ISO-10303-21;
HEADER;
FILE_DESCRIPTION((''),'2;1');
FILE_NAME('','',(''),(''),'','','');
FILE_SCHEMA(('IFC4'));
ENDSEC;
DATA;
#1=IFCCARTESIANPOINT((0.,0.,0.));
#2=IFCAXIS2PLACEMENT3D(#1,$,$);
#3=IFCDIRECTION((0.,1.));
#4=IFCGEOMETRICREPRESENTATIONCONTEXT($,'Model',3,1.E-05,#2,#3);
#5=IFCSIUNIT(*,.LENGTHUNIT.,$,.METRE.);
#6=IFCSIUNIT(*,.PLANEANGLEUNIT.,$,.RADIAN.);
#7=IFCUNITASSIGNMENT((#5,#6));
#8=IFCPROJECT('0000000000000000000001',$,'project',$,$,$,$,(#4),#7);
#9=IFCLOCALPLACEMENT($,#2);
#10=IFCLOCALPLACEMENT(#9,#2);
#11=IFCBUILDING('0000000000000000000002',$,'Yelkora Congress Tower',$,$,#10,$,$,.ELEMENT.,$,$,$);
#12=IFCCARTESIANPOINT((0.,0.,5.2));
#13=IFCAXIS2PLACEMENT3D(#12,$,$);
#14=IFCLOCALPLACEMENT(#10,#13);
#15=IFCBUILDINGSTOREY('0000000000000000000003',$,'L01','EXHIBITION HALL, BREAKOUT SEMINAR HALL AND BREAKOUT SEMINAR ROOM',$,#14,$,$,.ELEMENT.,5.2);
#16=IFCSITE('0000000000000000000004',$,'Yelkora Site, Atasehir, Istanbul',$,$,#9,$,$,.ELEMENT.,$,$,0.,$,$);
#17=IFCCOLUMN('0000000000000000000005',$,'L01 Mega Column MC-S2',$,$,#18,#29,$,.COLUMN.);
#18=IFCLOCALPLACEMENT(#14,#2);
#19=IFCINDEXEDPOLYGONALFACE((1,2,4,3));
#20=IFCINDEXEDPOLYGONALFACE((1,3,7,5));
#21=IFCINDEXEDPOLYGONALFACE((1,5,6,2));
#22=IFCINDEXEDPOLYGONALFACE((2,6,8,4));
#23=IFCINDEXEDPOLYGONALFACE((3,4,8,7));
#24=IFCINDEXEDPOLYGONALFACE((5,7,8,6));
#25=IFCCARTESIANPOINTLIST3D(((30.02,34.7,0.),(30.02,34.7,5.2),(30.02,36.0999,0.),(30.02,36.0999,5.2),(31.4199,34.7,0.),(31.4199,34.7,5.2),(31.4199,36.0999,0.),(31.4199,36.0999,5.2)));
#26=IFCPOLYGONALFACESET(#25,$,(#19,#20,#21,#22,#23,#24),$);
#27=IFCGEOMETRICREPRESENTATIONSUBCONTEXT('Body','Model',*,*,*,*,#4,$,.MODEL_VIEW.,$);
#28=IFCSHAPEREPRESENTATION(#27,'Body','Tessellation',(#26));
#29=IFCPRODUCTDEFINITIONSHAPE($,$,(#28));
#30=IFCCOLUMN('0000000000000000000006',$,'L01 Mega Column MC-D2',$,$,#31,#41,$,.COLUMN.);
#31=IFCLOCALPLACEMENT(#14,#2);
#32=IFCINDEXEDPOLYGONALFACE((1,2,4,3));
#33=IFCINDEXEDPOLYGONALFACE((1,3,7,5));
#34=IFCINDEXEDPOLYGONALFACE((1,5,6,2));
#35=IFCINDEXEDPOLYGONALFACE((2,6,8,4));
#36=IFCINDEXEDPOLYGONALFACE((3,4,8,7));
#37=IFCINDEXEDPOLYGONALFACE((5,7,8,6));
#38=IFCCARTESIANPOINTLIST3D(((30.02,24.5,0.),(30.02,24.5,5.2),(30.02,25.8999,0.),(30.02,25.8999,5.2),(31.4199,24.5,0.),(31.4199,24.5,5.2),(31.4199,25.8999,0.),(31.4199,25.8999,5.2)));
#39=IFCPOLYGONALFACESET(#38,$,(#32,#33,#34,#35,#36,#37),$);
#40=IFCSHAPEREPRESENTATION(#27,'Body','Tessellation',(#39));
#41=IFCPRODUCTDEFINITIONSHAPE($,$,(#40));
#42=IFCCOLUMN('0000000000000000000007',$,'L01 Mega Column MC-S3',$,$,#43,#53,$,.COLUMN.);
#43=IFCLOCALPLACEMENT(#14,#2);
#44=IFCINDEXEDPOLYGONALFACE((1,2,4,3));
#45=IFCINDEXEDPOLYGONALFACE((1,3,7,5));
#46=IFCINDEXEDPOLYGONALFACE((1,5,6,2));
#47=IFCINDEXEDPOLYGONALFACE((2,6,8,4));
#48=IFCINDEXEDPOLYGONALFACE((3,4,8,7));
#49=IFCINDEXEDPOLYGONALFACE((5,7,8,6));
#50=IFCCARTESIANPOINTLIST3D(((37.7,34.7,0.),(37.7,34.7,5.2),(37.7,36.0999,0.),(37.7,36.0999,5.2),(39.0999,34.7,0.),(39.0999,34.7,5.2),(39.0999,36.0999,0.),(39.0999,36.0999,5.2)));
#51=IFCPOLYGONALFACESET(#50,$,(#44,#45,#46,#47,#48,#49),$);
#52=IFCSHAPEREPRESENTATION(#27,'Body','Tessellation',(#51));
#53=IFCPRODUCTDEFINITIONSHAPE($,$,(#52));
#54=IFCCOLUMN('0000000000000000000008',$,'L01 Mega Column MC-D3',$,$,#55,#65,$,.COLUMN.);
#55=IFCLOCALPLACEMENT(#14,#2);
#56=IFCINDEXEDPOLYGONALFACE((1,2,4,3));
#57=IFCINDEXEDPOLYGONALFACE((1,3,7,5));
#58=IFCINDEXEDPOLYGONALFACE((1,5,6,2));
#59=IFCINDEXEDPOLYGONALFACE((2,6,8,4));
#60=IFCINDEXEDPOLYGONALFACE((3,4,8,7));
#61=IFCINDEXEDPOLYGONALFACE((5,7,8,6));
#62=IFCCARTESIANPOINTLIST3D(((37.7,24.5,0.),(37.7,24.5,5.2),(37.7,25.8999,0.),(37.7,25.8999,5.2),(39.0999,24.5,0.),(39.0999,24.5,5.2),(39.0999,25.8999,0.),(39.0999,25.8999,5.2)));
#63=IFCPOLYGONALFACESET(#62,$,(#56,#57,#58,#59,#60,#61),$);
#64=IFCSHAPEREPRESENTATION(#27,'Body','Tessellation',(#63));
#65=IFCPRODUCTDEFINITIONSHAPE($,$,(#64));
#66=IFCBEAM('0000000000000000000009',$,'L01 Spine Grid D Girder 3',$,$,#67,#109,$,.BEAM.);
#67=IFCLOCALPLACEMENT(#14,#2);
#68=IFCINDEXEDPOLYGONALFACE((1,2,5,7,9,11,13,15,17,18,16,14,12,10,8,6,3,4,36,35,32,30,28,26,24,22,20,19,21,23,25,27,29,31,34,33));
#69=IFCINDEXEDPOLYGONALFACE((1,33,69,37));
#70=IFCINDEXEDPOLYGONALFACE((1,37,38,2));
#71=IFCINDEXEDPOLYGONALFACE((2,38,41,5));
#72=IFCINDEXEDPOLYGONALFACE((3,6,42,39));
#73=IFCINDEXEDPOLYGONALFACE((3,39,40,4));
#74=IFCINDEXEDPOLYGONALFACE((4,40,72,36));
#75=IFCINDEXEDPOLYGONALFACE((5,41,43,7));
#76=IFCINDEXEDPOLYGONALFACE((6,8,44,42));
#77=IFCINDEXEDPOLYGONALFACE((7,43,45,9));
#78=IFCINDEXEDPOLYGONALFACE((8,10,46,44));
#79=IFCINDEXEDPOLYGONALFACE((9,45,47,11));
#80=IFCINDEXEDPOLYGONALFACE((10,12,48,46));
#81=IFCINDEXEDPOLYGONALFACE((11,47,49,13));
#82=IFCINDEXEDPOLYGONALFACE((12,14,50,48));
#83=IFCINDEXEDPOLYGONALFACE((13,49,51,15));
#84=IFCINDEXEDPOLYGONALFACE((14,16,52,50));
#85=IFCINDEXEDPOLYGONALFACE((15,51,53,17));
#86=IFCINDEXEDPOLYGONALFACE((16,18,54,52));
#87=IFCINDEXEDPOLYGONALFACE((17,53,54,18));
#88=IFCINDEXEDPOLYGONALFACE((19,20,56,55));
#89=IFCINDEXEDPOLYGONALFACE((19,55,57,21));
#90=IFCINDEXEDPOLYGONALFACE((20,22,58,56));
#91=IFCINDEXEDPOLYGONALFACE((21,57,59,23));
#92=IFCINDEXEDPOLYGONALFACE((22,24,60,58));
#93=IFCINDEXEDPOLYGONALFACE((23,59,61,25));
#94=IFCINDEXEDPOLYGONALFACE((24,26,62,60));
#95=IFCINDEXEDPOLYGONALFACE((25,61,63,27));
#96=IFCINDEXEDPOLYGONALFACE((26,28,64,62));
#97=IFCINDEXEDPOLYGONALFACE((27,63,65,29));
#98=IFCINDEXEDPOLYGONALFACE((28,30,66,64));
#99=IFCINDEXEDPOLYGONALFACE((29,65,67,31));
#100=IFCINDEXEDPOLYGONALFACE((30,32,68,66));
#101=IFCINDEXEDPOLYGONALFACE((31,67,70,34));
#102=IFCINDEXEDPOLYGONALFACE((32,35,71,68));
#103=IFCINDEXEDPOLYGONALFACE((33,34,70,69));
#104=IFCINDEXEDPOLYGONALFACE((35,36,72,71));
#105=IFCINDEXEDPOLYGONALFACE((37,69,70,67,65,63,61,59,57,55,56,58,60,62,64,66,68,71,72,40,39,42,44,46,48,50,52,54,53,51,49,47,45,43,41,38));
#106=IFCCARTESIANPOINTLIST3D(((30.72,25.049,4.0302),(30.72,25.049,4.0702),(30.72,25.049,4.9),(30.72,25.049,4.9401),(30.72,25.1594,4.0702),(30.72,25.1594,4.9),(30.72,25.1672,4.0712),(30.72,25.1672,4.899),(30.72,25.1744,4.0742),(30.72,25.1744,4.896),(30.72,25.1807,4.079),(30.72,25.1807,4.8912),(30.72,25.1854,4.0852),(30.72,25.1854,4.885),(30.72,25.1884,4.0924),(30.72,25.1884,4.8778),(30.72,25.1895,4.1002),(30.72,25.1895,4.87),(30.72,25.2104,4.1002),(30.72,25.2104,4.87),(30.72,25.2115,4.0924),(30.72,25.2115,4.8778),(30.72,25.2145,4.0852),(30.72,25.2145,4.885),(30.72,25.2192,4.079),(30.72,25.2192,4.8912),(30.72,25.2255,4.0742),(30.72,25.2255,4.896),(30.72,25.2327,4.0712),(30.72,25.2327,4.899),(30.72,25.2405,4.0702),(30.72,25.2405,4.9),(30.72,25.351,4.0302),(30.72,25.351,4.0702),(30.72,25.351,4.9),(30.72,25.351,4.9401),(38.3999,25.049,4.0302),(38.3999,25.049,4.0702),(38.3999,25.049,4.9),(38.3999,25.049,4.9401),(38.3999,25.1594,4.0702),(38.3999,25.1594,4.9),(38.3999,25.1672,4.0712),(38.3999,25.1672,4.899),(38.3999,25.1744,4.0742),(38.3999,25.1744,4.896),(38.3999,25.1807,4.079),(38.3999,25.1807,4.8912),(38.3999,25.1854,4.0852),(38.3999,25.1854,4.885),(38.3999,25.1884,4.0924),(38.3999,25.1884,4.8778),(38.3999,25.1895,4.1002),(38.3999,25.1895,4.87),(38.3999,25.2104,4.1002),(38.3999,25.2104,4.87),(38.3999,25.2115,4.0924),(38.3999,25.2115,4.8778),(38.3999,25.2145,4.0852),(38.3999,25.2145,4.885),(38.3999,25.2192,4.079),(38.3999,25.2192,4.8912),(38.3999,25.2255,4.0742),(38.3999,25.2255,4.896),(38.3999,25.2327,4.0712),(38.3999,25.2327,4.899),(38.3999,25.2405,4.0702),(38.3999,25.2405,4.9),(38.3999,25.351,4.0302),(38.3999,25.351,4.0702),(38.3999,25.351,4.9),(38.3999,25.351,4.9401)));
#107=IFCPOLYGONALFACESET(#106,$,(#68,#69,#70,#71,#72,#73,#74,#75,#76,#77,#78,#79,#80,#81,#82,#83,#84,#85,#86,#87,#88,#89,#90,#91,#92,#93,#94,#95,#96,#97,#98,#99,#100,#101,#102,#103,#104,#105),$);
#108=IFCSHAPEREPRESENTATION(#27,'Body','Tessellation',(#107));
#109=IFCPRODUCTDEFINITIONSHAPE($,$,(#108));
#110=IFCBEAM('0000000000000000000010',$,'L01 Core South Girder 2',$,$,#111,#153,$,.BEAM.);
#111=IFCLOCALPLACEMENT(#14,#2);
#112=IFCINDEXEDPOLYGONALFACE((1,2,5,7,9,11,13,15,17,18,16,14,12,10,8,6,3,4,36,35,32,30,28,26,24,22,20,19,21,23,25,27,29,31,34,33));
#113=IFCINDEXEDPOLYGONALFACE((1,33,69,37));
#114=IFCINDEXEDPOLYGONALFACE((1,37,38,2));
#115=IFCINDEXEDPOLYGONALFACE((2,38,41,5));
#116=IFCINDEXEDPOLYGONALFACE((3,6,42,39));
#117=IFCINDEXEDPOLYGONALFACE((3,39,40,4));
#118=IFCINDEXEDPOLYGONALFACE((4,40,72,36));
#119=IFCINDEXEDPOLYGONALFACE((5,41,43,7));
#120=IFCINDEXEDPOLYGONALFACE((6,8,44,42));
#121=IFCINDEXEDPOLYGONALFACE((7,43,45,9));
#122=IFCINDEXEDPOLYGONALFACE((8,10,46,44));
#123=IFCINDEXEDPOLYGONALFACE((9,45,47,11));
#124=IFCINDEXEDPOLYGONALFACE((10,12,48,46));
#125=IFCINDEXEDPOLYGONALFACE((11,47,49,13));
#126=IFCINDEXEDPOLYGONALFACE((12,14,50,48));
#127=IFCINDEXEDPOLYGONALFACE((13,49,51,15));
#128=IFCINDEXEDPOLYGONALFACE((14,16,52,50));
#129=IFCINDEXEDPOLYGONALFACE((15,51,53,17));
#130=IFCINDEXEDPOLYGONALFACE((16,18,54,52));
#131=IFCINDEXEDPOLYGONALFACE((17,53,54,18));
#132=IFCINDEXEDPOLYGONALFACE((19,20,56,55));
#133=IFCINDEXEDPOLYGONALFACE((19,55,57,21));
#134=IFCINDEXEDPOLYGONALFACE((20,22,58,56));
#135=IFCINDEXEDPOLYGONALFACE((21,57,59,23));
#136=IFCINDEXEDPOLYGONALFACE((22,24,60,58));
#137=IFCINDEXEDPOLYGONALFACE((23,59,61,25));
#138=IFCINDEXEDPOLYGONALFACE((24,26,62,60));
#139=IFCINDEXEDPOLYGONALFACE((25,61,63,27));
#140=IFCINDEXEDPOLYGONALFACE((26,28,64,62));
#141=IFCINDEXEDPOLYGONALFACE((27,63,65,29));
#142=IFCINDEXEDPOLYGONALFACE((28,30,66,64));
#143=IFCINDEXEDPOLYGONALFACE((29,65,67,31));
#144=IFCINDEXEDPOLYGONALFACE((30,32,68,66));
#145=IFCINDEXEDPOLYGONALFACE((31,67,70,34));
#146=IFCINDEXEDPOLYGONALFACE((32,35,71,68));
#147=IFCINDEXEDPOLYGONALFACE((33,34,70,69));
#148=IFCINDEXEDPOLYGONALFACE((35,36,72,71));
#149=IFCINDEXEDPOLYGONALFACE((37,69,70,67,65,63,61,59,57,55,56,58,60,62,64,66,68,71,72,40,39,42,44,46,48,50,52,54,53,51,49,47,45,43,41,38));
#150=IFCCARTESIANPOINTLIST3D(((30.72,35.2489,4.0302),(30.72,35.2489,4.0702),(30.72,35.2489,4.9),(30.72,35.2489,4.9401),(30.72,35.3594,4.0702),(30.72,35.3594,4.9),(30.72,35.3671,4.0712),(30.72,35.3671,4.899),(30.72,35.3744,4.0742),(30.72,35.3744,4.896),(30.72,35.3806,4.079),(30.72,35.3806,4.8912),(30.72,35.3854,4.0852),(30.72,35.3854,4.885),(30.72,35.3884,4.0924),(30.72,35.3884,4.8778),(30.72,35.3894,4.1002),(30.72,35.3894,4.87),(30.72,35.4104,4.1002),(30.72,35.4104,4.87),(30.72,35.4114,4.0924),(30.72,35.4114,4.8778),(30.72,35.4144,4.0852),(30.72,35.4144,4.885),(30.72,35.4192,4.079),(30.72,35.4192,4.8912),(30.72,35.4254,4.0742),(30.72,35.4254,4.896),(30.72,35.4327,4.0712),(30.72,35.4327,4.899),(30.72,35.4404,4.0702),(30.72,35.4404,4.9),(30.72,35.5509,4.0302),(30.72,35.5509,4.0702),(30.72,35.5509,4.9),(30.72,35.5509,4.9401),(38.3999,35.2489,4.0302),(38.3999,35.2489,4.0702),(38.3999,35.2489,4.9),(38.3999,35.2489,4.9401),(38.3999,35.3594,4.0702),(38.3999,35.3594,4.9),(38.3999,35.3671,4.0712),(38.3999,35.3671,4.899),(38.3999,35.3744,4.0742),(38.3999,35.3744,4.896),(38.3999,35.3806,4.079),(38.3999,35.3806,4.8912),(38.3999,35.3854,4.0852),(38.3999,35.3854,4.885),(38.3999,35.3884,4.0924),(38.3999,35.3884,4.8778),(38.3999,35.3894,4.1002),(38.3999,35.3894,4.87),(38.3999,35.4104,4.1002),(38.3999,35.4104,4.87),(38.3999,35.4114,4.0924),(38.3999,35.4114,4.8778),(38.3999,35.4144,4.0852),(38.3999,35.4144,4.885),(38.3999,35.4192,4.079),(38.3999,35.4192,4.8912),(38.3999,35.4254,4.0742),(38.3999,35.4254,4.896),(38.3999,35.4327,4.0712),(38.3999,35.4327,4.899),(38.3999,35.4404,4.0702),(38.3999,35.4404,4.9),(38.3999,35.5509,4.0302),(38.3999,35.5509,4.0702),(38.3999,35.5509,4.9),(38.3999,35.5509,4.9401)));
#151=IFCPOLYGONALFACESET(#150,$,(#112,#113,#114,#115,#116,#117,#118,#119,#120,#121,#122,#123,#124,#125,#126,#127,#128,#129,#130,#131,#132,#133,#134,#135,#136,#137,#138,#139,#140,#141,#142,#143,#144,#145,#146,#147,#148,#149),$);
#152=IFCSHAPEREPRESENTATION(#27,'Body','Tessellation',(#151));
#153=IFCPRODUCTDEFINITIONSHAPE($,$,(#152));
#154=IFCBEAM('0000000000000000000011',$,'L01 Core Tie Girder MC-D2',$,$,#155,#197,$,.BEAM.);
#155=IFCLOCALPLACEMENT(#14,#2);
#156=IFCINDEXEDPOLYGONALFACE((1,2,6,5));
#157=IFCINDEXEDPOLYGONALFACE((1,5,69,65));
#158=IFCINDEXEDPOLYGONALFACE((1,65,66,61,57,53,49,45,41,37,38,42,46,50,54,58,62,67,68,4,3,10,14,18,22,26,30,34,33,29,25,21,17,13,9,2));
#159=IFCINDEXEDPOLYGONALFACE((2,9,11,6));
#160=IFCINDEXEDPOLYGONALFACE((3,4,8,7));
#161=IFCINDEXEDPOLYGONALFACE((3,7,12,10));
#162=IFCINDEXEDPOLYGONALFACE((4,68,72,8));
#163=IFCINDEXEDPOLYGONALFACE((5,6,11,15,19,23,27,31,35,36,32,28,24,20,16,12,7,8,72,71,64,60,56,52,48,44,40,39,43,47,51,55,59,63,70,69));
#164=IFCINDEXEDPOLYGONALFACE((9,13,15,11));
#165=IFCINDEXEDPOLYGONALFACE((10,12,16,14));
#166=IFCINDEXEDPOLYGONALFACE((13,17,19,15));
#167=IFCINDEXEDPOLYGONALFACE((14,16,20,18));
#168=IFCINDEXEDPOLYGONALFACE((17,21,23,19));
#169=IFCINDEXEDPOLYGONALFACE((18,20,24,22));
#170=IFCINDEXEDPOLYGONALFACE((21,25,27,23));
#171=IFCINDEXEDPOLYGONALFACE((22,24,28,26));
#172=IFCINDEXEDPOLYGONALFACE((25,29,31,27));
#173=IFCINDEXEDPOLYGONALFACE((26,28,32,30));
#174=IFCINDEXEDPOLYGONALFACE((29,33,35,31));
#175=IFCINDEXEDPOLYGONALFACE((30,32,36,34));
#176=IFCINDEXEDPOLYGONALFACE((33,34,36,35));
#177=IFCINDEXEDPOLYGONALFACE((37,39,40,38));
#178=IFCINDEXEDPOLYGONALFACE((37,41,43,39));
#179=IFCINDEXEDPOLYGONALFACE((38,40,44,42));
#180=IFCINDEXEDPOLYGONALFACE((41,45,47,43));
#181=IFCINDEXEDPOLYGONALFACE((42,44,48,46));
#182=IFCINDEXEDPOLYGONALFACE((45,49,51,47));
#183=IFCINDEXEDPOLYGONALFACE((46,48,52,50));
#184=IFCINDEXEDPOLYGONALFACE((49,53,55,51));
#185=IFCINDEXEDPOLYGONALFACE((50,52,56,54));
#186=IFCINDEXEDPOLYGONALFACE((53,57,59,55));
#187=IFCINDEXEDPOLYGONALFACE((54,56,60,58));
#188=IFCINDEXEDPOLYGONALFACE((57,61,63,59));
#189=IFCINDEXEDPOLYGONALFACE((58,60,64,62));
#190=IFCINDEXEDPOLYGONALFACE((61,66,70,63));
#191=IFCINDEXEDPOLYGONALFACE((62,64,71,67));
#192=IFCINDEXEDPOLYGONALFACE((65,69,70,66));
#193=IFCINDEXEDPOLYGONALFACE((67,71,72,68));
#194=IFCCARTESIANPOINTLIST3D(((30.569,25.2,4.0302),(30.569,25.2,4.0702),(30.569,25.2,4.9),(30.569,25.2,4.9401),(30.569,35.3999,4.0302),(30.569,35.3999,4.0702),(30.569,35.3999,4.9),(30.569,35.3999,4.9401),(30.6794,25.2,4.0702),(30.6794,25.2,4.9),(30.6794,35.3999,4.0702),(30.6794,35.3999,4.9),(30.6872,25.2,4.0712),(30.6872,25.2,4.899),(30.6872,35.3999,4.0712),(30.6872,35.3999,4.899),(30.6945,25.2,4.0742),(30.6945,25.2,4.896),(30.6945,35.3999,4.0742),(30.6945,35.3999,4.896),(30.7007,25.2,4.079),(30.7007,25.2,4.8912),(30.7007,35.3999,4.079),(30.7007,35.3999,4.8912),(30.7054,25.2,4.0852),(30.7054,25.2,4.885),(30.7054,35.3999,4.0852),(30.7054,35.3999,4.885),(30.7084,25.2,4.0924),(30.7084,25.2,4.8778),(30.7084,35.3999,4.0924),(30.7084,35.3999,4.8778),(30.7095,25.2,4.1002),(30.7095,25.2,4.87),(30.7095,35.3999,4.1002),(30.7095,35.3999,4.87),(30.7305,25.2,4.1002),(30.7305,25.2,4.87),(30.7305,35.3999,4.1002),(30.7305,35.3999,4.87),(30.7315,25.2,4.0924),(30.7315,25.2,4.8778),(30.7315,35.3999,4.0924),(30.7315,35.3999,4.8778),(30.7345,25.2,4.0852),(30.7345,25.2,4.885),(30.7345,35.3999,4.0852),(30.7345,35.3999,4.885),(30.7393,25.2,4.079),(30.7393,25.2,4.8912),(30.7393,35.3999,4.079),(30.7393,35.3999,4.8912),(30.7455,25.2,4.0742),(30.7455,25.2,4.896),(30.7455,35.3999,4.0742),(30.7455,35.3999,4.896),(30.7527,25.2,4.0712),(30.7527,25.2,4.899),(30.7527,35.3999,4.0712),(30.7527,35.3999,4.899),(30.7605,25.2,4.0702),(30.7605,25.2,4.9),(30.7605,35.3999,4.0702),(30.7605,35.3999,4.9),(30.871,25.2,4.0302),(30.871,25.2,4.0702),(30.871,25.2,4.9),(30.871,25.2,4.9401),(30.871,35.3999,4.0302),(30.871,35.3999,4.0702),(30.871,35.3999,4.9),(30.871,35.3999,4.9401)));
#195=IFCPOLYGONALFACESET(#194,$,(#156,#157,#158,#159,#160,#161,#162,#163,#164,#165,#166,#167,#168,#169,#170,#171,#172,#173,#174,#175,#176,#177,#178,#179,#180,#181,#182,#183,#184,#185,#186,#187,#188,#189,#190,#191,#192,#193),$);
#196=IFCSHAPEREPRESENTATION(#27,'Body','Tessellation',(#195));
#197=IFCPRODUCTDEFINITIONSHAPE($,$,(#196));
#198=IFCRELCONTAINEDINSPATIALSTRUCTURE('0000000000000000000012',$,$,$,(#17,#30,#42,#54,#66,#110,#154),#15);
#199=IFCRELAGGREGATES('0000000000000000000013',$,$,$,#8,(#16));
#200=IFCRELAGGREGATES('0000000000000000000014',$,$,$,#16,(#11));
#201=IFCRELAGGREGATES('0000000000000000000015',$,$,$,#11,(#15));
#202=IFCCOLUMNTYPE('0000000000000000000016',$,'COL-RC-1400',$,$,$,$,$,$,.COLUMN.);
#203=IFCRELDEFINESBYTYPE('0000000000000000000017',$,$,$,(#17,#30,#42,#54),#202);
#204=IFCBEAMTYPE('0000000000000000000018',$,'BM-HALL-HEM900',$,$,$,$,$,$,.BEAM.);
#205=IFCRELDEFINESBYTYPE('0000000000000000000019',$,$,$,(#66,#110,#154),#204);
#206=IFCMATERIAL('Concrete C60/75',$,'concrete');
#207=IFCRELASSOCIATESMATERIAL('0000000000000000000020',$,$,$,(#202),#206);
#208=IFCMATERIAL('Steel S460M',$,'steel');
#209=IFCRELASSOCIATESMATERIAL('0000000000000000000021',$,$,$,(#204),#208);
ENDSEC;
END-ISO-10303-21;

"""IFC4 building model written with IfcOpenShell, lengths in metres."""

from ifc_helpers import new_model, si_unit, direction, frame, origin, origin_2d, place, context, subcontext, project, spatial, rectangle, i_section, extrude, material, material_profile, profile_set, type_object, element, save


model = new_model("IFC4")

# Units and contexts
model_context = context("Model", 3, precision=1e-05, world=origin(), true_north=direction((0.0, 1.0)))
body_context = subcontext(model_context, "Body", "Model", "MODEL_VIEW")
ifc_project = project(units=[si_unit("LENGTHUNIT", "METRE"), si_unit("PLANEANGLEUNIT", "RADIAN")], contexts=[model_context])

# Site, building, storey
site_placement = place(None, origin())
site = spatial("IfcSite", under=ifc_project, at=site_placement, Name="Yelkora Site, Atasehir, Istanbul", CompositionType="ELEMENT", RefElevation=0.0)
building_placement = place(site_placement, origin())
building = spatial("IfcBuilding", under=site, at=building_placement, Name="Yelkora Congress Tower", CompositionType="ELEMENT")
storey_placement = place(building_placement, frame((0.0, 0.0, 5.2)))
storey = spatial("IfcBuildingStorey", under=building, at=storey_placement, Name="L01", Description="EXHIBITION HALL, BREAKOUT SEMINAR HALL AND BREAKOUT SEMINAR ROOM", CompositionType="ELEMENT", Elevation=5.2)

# Columns
ifc_material_1 = material(Name="Concrete C60/75", Category="concrete")
ifc_material_profile_1 = material_profile(ifc_material_1, rectangle(XDim=1.3999, YDim=1.3999, at=origin_2d()), Name="RC 1400x1400")
ifc_profile_set_1 = profile_set([ifc_material_profile_1], Name="Concrete C60/75")
column_type = type_object("IfcColumnType", Name="COL-RC-1400", PredefinedType="COLUMN", material=ifc_profile_set_1)
for number, where, z_axis, x_axis, name in (
    (1, (30.72, 35.3999, 0.0), (0.0, 0.0, 1.0), (1.0, 0.0, 0.0), "L01 Mega Column MC-S2"),
    (2, (30.72, 25.2, 0.0), (0.0, 0.0, 1.0), (1.0, 0.0, 0.0), "L01 Mega Column MC-D2"),
    (3, (38.3999, 35.3999, 0.0), (0.0, 0.0, 1.0), (1.0, 0.0, 0.0), "L01 Mega Column MC-S3"),
    (4, (38.3999, 25.2, 0.0), (0.0, 0.0, 1.0), (1.0, 0.0, 0.0), "L01 Mega Column MC-D3"),
):
    element("IfcColumn", number, at=place(storey_placement, frame(where, z_axis=z_axis, x_axis=x_axis)), inside=storey, type_object=column_type, Name=name, PredefinedType="COLUMN", context=body_context, shape_type="SweptSolid", body=[
        extrude(rectangle(XDim=1.3999, YDim=1.3999, at=origin_2d()), origin(), (0.0, 0.0, 1.0), 5.2),
    ])

# Beams
ifc_material_2 = material(Name="Steel S460M", Category="steel")
ifc_material_profile_2 = material_profile(ifc_material_2, i_section(OverallWidth=0.302, OverallDepth=0.9099, WebThickness=0.021, FlangeThickness=0.04, FilletRadius=0.03, at=origin_2d()), Name="HEM 900")
ifc_profile_set_2 = profile_set([ifc_material_profile_2], Name="Steel S460M")
beam_type_1 = type_object("IfcBeamType", Name="BM-HALL-HEM900", PredefinedType="BEAM", material=ifc_profile_set_2)
for number, where, z_axis, x_axis, name in (
    (5, (30.72, 25.2, 4.4851), (1.0, 0.0, 0.0), (0.0, 1.0, 0.0), "L01 Spine Grid D Girder 3"),
    (6, (30.72, 35.3999, 4.4851), (1.0, 0.0, 0.0), (0.0, 1.0, 0.0), "L01 Core South Girder 2"),
):
    element("IfcBeam", number, at=place(storey_placement, frame(where, z_axis=z_axis, x_axis=x_axis)), inside=storey, type_object=beam_type_1, Name=name, PredefinedType="BEAM", context=body_context, shape_type="SweptSolid", body=[
        extrude(i_section(OverallWidth=0.302, OverallDepth=0.9099, WebThickness=0.021, FlangeThickness=0.04, FilletRadius=0.03, at=origin_2d()), origin(), (0.0, 0.0, 1.0), 7.6799),
    ])
beam_1_placement = place(storey_placement, frame((30.72, 25.2, 4.4851), z_axis=(0.0, 1.0, 0.0), x_axis=(-1.0, 0.0, 0.0)))
element("IfcBeam", 7, at=beam_1_placement, inside=storey, type_object=beam_type_1, Name="L01 Core Tie Girder MC-D2", PredefinedType="BEAM", context=body_context, shape_type="SweptSolid", body=[
    extrude(i_section(OverallWidth=0.302, OverallDepth=0.9099, WebThickness=0.021, FlangeThickness=0.04, FilletRadius=0.03, at=origin_2d()), origin(), (0.0, 0.0, 1.0), 10.2),
])

save(model, "model.ifc")
